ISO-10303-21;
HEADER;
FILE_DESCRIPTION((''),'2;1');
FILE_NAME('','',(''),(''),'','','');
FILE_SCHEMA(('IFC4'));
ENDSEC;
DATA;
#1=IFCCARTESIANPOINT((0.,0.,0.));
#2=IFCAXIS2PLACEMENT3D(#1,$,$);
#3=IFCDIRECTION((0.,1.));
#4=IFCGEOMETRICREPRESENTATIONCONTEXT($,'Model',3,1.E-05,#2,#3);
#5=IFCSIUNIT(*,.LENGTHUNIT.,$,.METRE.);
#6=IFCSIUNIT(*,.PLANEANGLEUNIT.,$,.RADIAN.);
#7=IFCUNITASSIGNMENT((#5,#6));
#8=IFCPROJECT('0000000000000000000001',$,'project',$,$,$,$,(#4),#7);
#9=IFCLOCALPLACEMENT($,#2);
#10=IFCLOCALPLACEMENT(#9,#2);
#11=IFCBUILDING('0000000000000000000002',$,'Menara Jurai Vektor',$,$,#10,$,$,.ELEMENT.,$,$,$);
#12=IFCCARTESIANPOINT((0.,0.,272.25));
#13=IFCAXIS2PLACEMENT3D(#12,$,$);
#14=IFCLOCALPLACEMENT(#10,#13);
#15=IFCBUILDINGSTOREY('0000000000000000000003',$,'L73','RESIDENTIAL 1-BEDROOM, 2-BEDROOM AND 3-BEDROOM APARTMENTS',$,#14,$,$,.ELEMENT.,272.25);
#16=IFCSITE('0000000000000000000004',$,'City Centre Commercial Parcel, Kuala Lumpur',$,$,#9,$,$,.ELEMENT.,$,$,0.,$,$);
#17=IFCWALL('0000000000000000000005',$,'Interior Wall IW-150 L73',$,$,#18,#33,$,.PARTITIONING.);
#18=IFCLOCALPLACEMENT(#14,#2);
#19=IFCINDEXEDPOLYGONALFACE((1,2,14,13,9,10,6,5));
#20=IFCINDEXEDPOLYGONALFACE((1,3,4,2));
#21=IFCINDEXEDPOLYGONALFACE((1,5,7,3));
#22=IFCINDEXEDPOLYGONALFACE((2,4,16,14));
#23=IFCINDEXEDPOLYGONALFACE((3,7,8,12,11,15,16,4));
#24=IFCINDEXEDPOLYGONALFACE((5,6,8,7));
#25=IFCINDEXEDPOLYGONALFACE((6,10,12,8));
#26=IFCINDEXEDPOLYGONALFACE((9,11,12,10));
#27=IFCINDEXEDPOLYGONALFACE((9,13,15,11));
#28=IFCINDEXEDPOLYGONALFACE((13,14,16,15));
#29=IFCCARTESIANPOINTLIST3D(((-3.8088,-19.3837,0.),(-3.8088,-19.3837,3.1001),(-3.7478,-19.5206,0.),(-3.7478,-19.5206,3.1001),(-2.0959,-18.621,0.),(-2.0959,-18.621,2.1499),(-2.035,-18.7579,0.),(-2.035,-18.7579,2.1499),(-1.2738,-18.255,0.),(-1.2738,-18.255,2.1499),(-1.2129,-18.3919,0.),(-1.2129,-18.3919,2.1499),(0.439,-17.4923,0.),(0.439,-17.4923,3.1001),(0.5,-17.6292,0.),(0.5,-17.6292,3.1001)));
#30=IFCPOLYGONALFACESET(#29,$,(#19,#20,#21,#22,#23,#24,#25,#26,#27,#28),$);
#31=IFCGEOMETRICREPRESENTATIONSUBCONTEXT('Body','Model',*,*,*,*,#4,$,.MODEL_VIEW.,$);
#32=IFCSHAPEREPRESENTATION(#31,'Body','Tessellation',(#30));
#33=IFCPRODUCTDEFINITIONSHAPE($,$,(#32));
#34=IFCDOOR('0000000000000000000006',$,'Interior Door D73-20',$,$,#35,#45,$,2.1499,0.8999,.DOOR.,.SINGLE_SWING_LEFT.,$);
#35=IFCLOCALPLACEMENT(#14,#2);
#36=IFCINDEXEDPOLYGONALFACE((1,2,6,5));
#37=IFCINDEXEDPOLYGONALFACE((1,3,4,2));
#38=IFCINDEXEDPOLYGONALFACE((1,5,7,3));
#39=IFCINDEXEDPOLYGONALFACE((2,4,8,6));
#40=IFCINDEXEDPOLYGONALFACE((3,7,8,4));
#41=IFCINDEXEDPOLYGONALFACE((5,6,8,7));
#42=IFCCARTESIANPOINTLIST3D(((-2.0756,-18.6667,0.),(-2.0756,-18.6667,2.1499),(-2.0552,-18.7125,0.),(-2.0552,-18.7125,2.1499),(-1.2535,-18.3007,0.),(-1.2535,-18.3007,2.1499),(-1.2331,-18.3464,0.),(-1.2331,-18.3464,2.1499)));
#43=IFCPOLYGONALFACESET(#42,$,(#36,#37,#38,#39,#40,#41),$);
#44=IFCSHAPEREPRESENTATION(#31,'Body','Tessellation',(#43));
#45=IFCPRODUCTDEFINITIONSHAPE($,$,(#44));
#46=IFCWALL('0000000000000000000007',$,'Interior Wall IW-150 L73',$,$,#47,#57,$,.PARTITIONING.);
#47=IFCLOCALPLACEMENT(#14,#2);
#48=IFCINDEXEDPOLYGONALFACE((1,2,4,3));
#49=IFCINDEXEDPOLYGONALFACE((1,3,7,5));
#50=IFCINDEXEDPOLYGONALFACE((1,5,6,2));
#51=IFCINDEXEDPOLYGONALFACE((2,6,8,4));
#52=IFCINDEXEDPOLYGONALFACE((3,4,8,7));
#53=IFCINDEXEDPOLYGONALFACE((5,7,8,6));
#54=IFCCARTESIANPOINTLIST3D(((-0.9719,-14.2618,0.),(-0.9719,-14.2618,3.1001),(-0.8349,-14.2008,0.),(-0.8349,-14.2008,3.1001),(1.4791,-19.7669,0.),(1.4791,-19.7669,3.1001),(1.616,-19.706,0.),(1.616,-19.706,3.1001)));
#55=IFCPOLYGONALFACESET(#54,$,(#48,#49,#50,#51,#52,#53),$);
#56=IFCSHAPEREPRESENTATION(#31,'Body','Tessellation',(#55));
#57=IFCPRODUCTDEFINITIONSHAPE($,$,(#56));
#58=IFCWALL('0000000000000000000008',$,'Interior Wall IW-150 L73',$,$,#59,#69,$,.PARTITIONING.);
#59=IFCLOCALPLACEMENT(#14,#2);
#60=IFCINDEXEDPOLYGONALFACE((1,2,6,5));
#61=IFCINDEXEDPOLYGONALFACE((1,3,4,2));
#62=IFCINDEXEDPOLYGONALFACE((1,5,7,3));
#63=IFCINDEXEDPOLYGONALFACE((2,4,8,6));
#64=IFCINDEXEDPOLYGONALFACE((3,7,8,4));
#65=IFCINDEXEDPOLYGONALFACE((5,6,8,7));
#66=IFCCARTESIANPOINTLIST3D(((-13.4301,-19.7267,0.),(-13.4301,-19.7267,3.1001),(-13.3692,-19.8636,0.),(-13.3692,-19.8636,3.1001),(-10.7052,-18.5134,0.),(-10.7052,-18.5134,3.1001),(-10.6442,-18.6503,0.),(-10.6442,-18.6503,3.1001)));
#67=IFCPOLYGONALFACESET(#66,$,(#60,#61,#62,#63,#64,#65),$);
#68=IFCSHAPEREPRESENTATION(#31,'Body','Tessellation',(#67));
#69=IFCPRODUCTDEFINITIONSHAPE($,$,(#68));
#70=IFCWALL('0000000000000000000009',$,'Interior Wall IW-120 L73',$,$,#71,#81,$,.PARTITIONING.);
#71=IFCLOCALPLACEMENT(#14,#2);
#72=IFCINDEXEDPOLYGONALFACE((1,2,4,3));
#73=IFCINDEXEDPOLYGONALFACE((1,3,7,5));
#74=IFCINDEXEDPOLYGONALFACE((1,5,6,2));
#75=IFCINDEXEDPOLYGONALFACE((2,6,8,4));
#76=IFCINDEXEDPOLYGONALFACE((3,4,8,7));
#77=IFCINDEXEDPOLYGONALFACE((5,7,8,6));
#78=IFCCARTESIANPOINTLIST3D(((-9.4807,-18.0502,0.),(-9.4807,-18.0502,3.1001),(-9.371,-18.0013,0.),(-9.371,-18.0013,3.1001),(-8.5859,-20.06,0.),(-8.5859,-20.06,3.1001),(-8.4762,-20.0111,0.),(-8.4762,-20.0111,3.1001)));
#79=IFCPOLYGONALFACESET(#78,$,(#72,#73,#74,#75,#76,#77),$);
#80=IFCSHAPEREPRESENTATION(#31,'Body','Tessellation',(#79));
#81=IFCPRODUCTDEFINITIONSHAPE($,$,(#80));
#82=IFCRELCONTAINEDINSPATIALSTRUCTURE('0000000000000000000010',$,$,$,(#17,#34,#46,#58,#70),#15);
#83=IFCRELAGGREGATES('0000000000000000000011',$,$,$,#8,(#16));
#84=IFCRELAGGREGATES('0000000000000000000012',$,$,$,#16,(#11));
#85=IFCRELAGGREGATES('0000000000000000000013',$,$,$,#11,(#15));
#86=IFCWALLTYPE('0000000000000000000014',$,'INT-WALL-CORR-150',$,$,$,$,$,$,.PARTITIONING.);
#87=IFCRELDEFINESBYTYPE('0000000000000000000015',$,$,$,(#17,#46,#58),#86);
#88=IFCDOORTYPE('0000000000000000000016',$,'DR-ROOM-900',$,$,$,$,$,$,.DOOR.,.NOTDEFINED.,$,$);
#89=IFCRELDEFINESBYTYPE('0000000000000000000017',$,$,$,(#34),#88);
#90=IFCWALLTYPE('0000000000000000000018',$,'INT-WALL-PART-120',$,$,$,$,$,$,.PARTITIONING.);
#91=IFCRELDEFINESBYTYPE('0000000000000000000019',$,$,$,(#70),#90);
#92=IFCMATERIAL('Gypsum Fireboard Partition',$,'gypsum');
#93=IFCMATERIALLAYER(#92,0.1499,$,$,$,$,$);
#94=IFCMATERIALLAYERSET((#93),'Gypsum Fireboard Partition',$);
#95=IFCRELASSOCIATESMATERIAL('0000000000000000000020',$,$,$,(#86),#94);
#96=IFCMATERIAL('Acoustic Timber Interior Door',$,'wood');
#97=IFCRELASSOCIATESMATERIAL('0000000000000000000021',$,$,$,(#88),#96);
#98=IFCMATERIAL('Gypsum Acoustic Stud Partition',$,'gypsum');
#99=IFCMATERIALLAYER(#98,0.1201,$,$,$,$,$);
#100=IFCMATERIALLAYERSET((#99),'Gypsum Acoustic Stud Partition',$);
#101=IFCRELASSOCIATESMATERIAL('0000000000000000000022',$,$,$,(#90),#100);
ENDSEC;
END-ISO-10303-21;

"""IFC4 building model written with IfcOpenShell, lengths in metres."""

from ifc_helpers import new_model, si_unit, direction, frame, frame_2d, origin, place, context, subcontext, project, spatial, rectangle, extrude, material, layer, layer_set, type_object, element, fill, save


model = new_model("IFC4")

# Units and contexts
model_context = context("Model", 3, precision=1e-05, world=origin(), true_north=direction((0.0, 1.0)))
body_context = subcontext(model_context, "Body", "Model", "MODEL_VIEW")
ifc_project = project(units=[si_unit("LENGTHUNIT", "METRE"), si_unit("PLANEANGLEUNIT", "RADIAN")], contexts=[model_context])

# Site, building, storey
site_placement = place(None, origin())
site = spatial("IfcSite", under=ifc_project, at=site_placement, Name="City Centre Commercial Parcel, Kuala Lumpur", CompositionType="ELEMENT", RefElevation=0.0)
building_placement = place(site_placement, origin())
building = spatial("IfcBuilding", under=site, at=building_placement, Name="Menara Jurai Vektor", CompositionType="ELEMENT")
storey_placement = place(building_placement, frame((0.0, 0.0, 272.25)))
storey = spatial("IfcBuildingStorey", under=building, at=storey_placement, Name="L73", Description="RESIDENTIAL 1-BEDROOM, 2-BEDROOM AND 3-BEDROOM APARTMENTS", CompositionType="ELEMENT", Elevation=272.25)

# Shared definitions
ifc_material_1 = material(Name="Gypsum Fireboard Partition", Category="gypsum")
ifc_layer_1 = layer(ifc_material_1, 0.1499)
ifc_layer_set_1 = layer_set([ifc_layer_1], Name="Gypsum Fireboard Partition")
wall_type_1 = type_object("IfcWallType", Name="INT-WALL-CORR-150", PredefinedType="PARTITIONING", material=ifc_layer_set_1)

# Wall, opening, door
wall_1_placement = place(storey_placement, frame((-3.7783, -19.4521, 0.0), z_axis=(0.0, 0.0, 1.0), x_axis=(0.913536, 0.406757, 0.0)))
wall_1 = element("IfcWall", 1, at=wall_1_placement, inside=storey, type_object=wall_type_1, Name="Interior Wall IW-150 L73", PredefinedType="PARTITIONING", context=body_context, shape_type="SweptSolid", body=[
    extrude(rectangle(XDim=4.6499, YDim=0.1499, at=frame_2d((2.325, 0.0))), origin(), (0.0, 0.0, 1.0), 3.1001),
])
opening_1_placement = place(wall_1_placement, frame((1.875, 0.0, 0.0)))
opening_1 = element("IfcOpeningElement", 2, at=opening_1_placement, cuts=wall_1, PredefinedType="OPENING", context=body_context, shape_type="SweptSolid", body=[
    extrude(rectangle(XDim=0.8999, YDim=2.1499, at=frame_2d((0.45, 1.075))), frame((0.0, 0.085, 0.0), z_axis=(0.0, -1.0, 0.0), x_axis=(1.0, 0.0, 0.0)), (0.0, 0.0, 1.0), 0.1699),
])
ifc_material_2 = material(Name="Acoustic Timber Interior Door", Category="wood")
door_type_1 = type_object("IfcDoorType", Name="DR-ROOM-900", OperationType="NOTDEFINED", PredefinedType="DOOR", material=ifc_material_2)
door_1_placement = place(opening_1_placement, origin())
door_1 = element("IfcDoor", 3, at=door_1_placement, inside=storey, type_object=door_type_1, Name="Interior Door D73-20", OperationType="SINGLE_SWING_LEFT", OverallHeight=2.1499, OverallWidth=0.8999, PredefinedType="DOOR", context=body_context, shape_type="SweptSolid", body=[
    extrude(rectangle(XDim=0.8999, YDim=2.1499, at=frame_2d((0.45, 1.075))), frame((0.0, 0.0249, 0.0), z_axis=(0.0, -1.0, 0.0), x_axis=(1.0, 0.0, 0.0)), (0.0, 0.0, 1.0), 0.05),
])
fill(opening_1, door_1)

# Walls
wall_2_placement = place(storey_placement, frame((1.5476, -19.7366, 0.0), z_axis=(0.0, 0.0, 1.0), x_axis=(-0.406721, 0.913552, 0.0)))
element("IfcWall", 4, at=wall_2_placement, inside=storey, type_object=wall_type_1, Name="Interior Wall IW-150 L73", PredefinedType="PARTITIONING", context=body_context, shape_type="SweptSolid", body=[
    extrude(rectangle(XDim=6.0261, YDim=0.1499, at=frame_2d((3.0132, 0.0))), origin(), (0.0, 0.0, 1.0), 3.1001),
])
wall_3_placement = place(storey_placement, frame((-13.3997, -19.7952, 0.0), z_axis=(0.0, 0.0, 1.0), x_axis=(0.913535, 0.406761, 0.0)))
element("IfcWall", 5, at=wall_3_placement, inside=storey, type_object=wall_type_1, Name="Interior Wall IW-150 L73", PredefinedType="PARTITIONING", context=body_context, shape_type="SweptSolid", body=[
    extrude(rectangle(XDim=2.9829, YDim=0.1499, at=frame_2d((1.4915, 0.0))), origin(), (0.0, 0.0, 1.0), 3.1001),
])
ifc_material_3 = material(Name="Gypsum Acoustic Stud Partition", Category="gypsum")
ifc_layer_2 = layer(ifc_material_3, 0.1201)
ifc_layer_set_2 = layer_set([ifc_layer_2], Name="Gypsum Acoustic Stud Partition")
wall_type_2 = type_object("IfcWallType", Name="INT-WALL-PART-120", PredefinedType="PARTITIONING", material=ifc_layer_set_2)
wall_4_placement = place(storey_placement, frame((-8.531, -20.0356, 0.0), z_axis=(0.0, 0.0, 1.0), x_axis=(-0.406725, 0.913551, 0.0)))
element("IfcWall", 6, at=wall_4_placement, inside=storey, type_object=wall_type_2, Name="Interior Wall IW-120 L73", PredefinedType="PARTITIONING", context=body_context, shape_type="SweptSolid", body=[
    extrude(rectangle(XDim=2.2, YDim=0.1201, at=frame_2d((1.1001, 0.0))), origin(), (0.0, 0.0, 1.0), 3.1001),
])

save(model, "model.ifc")
